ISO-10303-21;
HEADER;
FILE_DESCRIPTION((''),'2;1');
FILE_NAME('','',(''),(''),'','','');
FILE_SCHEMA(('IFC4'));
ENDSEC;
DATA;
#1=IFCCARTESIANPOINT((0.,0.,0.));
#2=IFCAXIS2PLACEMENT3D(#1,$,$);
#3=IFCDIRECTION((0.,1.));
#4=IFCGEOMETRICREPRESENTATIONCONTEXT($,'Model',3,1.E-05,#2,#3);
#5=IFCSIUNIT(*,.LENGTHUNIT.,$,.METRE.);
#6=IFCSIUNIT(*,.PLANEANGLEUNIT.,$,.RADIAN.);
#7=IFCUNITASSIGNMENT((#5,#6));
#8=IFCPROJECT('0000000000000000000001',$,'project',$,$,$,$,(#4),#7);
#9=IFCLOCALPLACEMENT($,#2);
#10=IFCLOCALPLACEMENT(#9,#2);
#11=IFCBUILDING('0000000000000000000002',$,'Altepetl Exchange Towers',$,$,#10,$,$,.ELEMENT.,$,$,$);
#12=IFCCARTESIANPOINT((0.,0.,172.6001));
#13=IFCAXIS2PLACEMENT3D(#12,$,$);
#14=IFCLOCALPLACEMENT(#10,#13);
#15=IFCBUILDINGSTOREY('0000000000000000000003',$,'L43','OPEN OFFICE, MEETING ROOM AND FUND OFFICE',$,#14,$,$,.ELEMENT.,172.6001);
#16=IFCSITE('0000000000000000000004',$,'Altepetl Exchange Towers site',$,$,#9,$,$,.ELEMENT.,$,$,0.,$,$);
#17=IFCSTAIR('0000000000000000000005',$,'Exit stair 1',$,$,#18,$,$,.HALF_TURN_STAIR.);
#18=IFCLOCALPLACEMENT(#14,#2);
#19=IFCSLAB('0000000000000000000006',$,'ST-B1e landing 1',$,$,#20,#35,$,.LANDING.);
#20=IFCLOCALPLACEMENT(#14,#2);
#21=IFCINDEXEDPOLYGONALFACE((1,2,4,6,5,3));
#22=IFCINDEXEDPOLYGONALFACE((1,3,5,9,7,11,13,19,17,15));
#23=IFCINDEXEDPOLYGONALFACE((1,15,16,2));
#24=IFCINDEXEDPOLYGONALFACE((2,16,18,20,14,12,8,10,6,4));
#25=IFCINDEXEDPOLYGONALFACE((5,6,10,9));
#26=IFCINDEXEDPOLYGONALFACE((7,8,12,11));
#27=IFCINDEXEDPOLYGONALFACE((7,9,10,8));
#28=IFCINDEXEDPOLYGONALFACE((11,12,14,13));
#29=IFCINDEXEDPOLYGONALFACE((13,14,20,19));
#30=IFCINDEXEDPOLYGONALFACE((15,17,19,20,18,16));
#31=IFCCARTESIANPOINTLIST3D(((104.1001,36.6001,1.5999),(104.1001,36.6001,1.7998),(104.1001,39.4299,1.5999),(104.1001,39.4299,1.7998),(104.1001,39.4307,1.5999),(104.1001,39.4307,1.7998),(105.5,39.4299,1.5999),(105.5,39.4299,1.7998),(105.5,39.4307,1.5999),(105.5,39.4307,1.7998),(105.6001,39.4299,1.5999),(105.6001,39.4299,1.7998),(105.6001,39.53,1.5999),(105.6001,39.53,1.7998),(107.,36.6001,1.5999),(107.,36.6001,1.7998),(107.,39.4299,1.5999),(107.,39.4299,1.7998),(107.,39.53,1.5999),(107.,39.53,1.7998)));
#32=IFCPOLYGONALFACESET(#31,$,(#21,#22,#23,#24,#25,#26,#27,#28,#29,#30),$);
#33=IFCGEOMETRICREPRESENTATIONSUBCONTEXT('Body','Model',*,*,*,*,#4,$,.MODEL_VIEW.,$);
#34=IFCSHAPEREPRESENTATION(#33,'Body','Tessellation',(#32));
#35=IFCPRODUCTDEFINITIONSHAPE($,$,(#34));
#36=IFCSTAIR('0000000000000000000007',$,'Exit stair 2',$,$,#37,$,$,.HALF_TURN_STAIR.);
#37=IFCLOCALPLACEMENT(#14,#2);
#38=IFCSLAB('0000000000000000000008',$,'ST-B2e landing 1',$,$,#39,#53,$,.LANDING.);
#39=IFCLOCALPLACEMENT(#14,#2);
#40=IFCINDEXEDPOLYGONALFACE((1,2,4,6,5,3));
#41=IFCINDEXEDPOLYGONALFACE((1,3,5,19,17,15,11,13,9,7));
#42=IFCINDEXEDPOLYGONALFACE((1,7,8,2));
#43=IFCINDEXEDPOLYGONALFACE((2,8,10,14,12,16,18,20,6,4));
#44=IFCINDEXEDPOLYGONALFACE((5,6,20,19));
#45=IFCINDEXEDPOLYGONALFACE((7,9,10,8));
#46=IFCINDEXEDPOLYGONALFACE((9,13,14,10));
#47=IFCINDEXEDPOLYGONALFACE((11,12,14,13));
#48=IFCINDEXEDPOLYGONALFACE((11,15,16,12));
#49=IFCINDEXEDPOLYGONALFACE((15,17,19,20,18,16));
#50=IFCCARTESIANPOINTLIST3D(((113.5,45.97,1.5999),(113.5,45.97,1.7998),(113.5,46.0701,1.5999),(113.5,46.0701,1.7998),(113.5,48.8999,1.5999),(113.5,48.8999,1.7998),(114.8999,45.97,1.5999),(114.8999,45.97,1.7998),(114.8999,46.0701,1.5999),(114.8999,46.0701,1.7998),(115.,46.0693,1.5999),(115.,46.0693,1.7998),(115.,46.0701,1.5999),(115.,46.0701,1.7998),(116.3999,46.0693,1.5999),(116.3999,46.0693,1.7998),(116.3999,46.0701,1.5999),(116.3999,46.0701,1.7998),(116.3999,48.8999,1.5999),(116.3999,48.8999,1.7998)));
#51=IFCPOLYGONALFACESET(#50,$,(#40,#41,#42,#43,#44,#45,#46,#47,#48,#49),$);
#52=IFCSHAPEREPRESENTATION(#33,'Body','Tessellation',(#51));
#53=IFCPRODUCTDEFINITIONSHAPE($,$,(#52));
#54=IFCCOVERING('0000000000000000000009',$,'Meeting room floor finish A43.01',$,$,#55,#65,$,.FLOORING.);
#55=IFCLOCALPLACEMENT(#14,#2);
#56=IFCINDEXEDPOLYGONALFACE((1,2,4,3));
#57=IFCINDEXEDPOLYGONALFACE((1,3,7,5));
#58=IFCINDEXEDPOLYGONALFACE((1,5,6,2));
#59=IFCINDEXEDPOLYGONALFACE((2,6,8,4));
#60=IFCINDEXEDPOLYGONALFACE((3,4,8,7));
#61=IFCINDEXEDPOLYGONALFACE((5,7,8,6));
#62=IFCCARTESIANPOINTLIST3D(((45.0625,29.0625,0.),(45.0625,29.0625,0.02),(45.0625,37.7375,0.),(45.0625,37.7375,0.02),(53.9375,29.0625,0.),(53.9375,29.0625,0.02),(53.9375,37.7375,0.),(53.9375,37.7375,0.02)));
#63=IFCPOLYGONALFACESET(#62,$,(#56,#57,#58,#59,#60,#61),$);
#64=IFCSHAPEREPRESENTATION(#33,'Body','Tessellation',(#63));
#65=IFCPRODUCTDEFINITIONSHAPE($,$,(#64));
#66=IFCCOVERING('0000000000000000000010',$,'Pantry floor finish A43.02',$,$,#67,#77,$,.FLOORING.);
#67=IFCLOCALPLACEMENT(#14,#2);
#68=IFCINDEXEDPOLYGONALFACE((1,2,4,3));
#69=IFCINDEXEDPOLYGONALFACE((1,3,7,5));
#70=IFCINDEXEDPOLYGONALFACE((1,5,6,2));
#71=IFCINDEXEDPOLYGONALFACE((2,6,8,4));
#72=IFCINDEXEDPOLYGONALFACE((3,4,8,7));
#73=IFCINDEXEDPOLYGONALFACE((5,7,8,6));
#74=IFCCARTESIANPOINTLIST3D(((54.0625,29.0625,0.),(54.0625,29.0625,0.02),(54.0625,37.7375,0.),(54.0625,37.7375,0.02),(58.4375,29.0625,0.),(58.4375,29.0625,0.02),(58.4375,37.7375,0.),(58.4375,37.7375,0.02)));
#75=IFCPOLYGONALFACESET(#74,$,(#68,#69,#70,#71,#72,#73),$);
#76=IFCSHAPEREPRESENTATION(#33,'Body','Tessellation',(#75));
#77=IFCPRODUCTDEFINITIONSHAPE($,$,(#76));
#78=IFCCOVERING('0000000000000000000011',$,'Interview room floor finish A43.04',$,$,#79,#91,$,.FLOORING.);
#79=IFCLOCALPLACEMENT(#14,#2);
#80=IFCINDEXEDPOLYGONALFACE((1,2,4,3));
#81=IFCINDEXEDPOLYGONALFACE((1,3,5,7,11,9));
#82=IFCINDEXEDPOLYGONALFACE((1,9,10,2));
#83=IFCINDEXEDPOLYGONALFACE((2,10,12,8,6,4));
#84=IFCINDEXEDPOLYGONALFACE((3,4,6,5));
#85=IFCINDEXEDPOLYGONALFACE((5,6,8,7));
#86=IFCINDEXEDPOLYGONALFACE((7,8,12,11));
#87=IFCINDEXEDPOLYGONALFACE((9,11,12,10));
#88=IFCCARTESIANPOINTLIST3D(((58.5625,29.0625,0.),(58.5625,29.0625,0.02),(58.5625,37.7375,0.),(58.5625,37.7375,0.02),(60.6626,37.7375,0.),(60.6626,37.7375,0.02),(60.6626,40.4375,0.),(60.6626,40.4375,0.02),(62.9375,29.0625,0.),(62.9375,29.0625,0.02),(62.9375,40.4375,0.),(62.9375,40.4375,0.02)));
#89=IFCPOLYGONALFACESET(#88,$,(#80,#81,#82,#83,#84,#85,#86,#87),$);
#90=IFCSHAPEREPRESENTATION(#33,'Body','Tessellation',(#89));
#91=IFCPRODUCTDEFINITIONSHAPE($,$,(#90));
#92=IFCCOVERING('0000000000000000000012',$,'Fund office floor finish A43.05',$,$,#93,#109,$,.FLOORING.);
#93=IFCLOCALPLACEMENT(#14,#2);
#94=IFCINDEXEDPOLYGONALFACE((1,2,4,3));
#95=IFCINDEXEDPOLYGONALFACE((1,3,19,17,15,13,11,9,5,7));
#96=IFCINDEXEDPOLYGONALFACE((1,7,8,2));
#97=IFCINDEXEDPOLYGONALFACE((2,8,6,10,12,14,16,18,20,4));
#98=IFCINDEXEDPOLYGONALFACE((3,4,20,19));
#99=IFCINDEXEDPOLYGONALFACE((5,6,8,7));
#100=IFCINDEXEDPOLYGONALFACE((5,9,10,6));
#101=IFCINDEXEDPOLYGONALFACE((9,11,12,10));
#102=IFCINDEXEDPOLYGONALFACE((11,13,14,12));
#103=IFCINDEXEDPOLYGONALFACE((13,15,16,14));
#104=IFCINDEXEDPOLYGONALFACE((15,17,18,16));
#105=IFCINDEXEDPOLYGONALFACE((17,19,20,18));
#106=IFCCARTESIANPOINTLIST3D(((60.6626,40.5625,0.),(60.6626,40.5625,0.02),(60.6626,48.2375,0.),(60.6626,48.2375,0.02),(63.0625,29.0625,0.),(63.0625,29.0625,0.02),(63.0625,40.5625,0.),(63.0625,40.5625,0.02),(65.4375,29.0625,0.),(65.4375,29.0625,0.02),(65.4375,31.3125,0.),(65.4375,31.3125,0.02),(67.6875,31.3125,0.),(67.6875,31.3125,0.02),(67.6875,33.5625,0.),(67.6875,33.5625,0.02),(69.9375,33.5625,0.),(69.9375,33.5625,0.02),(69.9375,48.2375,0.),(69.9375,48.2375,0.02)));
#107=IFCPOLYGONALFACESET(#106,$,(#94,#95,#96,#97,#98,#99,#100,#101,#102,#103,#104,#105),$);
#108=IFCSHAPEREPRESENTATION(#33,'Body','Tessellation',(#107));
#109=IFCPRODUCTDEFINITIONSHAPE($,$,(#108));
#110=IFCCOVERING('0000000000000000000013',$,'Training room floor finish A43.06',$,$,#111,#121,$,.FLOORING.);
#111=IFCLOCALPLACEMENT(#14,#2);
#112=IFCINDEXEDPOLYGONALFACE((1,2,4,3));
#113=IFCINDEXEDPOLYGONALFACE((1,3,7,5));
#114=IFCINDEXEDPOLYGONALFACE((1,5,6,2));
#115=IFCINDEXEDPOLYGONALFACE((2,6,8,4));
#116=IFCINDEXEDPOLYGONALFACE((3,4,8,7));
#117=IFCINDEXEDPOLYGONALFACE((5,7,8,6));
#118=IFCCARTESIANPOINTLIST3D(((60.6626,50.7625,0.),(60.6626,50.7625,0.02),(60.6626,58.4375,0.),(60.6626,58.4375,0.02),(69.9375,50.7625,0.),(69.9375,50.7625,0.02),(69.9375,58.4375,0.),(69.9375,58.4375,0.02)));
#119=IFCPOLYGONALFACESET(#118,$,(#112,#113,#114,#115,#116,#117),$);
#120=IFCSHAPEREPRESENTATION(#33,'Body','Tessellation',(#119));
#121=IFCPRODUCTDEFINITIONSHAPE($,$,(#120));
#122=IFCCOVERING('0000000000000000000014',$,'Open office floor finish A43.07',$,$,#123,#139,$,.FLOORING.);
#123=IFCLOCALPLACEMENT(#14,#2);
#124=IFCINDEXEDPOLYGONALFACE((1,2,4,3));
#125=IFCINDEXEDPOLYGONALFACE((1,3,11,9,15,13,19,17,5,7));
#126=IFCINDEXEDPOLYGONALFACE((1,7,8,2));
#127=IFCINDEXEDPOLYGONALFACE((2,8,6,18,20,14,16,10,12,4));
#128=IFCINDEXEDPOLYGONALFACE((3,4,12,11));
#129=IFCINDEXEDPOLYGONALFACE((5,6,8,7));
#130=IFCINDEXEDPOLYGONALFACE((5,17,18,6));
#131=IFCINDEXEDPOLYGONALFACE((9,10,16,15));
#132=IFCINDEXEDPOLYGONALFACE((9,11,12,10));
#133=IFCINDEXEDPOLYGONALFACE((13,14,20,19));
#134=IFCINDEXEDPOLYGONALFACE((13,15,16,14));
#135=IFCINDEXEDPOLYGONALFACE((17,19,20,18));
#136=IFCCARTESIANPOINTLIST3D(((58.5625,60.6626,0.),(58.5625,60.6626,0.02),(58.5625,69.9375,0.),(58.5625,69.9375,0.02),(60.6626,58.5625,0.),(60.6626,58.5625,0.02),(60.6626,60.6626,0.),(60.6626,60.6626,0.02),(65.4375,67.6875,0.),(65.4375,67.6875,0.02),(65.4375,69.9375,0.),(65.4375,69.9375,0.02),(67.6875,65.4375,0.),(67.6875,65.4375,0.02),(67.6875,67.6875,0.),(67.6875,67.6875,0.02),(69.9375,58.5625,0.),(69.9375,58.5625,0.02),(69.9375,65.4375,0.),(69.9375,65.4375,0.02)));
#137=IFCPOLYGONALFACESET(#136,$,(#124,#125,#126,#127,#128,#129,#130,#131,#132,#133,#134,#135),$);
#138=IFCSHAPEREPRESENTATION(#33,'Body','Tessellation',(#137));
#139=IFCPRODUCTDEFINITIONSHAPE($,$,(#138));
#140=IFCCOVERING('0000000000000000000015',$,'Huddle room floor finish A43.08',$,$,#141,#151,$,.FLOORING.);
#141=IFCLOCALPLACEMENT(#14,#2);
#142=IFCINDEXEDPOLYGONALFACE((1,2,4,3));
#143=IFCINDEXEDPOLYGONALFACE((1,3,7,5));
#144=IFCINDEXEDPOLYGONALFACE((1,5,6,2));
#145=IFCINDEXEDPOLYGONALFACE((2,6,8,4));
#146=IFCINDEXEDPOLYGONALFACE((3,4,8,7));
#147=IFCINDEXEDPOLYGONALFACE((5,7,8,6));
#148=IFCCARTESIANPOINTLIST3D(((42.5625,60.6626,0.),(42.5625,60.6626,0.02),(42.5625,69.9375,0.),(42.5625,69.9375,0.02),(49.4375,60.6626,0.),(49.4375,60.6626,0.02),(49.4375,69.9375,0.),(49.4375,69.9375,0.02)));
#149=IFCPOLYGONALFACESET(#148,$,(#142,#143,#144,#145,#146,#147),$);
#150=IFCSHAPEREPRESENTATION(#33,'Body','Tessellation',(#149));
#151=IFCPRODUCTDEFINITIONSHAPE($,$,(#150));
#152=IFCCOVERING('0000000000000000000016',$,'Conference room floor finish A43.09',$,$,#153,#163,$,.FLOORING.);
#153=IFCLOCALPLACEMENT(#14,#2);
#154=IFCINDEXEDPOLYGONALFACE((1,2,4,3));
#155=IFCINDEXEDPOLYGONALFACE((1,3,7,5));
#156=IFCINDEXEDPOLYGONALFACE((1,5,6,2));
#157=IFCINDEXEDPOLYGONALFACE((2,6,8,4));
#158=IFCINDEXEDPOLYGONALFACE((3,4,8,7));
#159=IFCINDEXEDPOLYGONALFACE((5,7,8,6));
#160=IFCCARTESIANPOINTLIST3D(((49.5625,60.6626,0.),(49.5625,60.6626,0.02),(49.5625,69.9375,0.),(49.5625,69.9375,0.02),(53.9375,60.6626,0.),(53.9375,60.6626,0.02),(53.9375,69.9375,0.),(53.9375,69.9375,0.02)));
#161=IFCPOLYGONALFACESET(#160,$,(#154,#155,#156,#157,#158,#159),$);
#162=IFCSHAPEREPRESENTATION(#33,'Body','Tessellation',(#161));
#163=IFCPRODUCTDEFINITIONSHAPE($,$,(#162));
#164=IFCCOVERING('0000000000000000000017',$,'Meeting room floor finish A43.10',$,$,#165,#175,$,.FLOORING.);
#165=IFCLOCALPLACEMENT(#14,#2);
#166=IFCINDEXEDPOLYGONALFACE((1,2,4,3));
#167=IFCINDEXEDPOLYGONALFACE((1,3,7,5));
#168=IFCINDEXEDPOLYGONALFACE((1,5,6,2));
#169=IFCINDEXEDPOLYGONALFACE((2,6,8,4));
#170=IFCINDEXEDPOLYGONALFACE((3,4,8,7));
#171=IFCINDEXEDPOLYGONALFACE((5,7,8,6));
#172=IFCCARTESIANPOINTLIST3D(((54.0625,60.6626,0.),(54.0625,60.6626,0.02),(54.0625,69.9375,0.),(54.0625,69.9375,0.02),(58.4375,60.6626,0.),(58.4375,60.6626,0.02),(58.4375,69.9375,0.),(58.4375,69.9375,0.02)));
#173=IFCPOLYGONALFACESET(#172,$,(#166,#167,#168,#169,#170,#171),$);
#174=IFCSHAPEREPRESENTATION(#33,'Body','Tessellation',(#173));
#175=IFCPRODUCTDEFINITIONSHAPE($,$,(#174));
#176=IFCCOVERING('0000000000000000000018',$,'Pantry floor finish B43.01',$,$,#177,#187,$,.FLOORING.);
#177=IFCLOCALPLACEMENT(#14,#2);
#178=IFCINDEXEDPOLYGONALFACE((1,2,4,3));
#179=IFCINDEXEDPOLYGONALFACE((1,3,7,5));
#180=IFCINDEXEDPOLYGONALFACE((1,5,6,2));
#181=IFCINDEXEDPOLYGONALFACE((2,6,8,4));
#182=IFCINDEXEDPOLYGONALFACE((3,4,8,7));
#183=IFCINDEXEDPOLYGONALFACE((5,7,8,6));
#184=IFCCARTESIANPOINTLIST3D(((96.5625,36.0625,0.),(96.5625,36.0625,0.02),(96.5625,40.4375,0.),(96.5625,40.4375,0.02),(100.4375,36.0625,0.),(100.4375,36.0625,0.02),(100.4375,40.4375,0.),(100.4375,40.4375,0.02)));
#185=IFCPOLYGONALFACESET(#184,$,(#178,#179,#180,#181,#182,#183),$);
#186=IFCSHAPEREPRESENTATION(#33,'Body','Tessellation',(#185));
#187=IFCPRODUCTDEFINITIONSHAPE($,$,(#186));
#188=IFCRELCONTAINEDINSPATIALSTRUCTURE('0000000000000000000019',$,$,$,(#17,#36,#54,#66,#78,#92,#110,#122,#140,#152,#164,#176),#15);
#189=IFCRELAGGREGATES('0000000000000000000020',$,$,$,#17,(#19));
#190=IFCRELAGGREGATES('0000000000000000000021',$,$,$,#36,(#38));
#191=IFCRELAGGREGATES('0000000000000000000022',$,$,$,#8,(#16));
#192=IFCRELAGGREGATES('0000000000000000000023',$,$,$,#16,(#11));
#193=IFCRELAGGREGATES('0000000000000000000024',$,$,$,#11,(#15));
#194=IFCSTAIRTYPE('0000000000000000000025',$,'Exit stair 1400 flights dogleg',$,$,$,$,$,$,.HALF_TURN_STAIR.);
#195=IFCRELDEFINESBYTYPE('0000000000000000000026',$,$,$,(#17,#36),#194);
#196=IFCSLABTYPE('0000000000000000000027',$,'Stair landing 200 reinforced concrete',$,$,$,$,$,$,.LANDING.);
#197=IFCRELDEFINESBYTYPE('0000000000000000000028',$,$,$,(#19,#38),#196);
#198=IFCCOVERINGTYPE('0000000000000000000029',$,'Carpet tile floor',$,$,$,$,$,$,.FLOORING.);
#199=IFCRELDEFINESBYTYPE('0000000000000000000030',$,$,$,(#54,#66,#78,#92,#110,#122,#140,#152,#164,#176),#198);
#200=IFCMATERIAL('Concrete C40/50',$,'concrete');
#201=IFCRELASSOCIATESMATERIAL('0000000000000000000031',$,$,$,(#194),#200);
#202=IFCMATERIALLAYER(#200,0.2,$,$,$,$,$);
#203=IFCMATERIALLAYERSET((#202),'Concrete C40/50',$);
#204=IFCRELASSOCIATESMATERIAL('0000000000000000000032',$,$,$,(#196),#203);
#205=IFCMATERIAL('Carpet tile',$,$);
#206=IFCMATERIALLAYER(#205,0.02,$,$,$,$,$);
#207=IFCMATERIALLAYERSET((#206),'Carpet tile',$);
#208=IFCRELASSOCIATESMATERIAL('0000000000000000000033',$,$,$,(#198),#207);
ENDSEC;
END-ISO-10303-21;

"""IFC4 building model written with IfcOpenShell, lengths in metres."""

from ifc_helpers import new_model, si_unit, direction, frame, origin, place, context, subcontext, project, spatial, polyline, outline, extrude, material, layer, layer_set, type_object, element, aggregate, save


model = new_model("IFC4")

# Units and contexts
model_context = context("Model", 3, precision=1e-05, world=origin(), true_north=direction((0.0, 1.0)))
body_context = subcontext(model_context, "Body", "Model", "MODEL_VIEW")
ifc_project = project(units=[si_unit("LENGTHUNIT", "METRE"), si_unit("PLANEANGLEUNIT", "RADIAN")], contexts=[model_context])

# Site, building, storey
site_placement = place(None, origin())
site = spatial("IfcSite", under=ifc_project, at=site_placement, Name="Altepetl Exchange Towers site", CompositionType="ELEMENT", RefElevation=0.0)
building_placement = place(site_placement, origin())
building = spatial("IfcBuilding", under=site, at=building_placement, Name="Altepetl Exchange Towers", CompositionType="ELEMENT")
storey_placement = place(building_placement, frame((0.0, 0.0, 172.6001)))
storey = spatial("IfcBuildingStorey", under=building, at=storey_placement, Name="L43", Description="OPEN OFFICE, MEETING ROOM AND FUND OFFICE", CompositionType="ELEMENT", Elevation=172.6001)

# Shared definitions
ifc_material_1 = material(Name="Concrete C40/50", Category="concrete")

# Stairs, slabs
stair_type = type_object("IfcStairType", Name="Exit stair 1400 flights dogleg", PredefinedType="HALF_TURN_STAIR", material=ifc_material_1)
ifc_layer_1 = layer(ifc_material_1, 0.2)
ifc_layer_set_1 = layer_set([ifc_layer_1], Name="Concrete C40/50")
slab_type_1 = type_object("IfcSlabType", Name="Stair landing 200 reinforced concrete", PredefinedType="LANDING", material=ifc_layer_set_1)
stair_1_placement = place(storey_placement, origin())
stair_1 = element("IfcStair", 1, at=stair_1_placement, inside=storey, type_object=stair_type, Name="Exit stair 1", PredefinedType="HALF_TURN_STAIR")
slab_1_placement = place(storey_placement, frame((0.0, 0.0, 1.5999)))
slab_1 = element("IfcSlab", 2, at=slab_1_placement, type_object=slab_type_1, Name="ST-B1e landing 1", PredefinedType="LANDING", context=body_context, shape_type="SweptSolid", body=[
    extrude(outline(polyline([(107.0, 36.6001), (104.1001, 36.6001), (104.1001, 39.4299), (104.1001, 39.4307), (105.5, 39.4307), (105.5, 39.4299), (105.6001, 39.4299), (105.6001, 39.53), (107.0, 39.53), (107.0, 39.4299), (107.0, 36.6001)])), origin(), (0.0, 0.0, 1.0), 0.2),
])
aggregate(stair_1, [slab_1])
stair_2_placement = place(storey_placement, origin())
stair_2 = element("IfcStair", 3, at=stair_2_placement, inside=storey, type_object=stair_type, Name="Exit stair 2", PredefinedType="HALF_TURN_STAIR")
slab_2_placement = place(storey_placement, frame((0.0, 0.0, 1.5999)))
slab_2 = element("IfcSlab", 4, at=slab_2_placement, type_object=slab_type_1, Name="ST-B2e landing 1", PredefinedType="LANDING", context=body_context, shape_type="SweptSolid", body=[
    extrude(outline(polyline([(114.8999, 45.97), (113.5, 45.97), (113.5, 46.0701), (113.5, 48.8999), (116.3999, 48.8999), (116.3999, 46.0701), (116.3999, 46.0693), (115.0, 46.0693), (115.0, 46.0701), (114.8999, 46.0701), (114.8999, 45.97)])), origin(), (0.0, 0.0, 1.0), 0.2),
])
aggregate(stair_2, [slab_2])

# Coverings
ifc_material_2 = material(Name="Carpet tile")
ifc_layer_2 = layer(ifc_material_2, 0.02)
ifc_layer_set_2 = layer_set([ifc_layer_2], Name="Carpet tile")
covering_type_1 = type_object("IfcCoveringType", Name="Carpet tile floor", PredefinedType="FLOORING", material=ifc_layer_set_2)
covering_1_placement = place(storey_placement, origin())
element("IfcCovering", 5, at=covering_1_placement, inside=storey, type_object=covering_type_1, Name="Meeting room floor finish A43.01", PredefinedType="FLOORING", context=body_context, shape_type="SweptSolid", body=[
    extrude(outline(polyline([(53.9375, 29.0625), (53.9375, 37.7375), (45.0625, 37.7375), (45.0625, 29.0625), (53.9375, 29.0625)])), origin(), (0.0, 0.0, 1.0), 0.02),
])
covering_2_placement = place(storey_placement, origin())
element("IfcCovering", 6, at=covering_2_placement, inside=storey, type_object=covering_type_1, Name="Pantry floor finish A43.02", PredefinedType="FLOORING", context=body_context, shape_type="SweptSolid", body=[
    extrude(outline(polyline([(58.4375, 29.0625), (58.4375, 37.7375), (54.0625, 37.7375), (54.0625, 29.0625), (58.4375, 29.0625)])), origin(), (0.0, 0.0, 1.0), 0.02),
])
covering_3_placement = place(storey_placement, origin())
element("IfcCovering", 7, at=covering_3_placement, inside=storey, type_object=covering_type_1, Name="Interview room floor finish A43.04", PredefinedType="FLOORING", context=body_context, shape_type="SweptSolid", body=[
    extrude(outline(polyline([(62.9375, 29.0625), (62.9375, 40.4375), (60.6626, 40.4375), (60.6626, 37.7375), (58.5625, 37.7375), (58.5625, 29.0625), (62.9375, 29.0625)])), origin(), (0.0, 0.0, 1.0), 0.02),
])
covering_4_placement = place(storey_placement, origin())
element("IfcCovering", 8, at=covering_4_placement, inside=storey, type_object=covering_type_1, Name="Fund office floor finish A43.05", PredefinedType="FLOORING", context=body_context, shape_type="SweptSolid", body=[
    extrude(outline(polyline([(67.6875, 31.3125), (67.6875, 33.5625), (69.9375, 33.5625), (69.9375, 48.2375), (60.6626, 48.2375), (60.6626, 40.5625), (63.0625, 40.5625), (63.0625, 29.0625), (65.4375, 29.0625), (65.4375, 31.3125), (67.6875, 31.3125)])), origin(), (0.0, 0.0, 1.0), 0.02),
])
covering_5_placement = place(storey_placement, origin())
element("IfcCovering", 9, at=covering_5_placement, inside=storey, type_object=covering_type_1, Name="Training room floor finish A43.06", PredefinedType="FLOORING", context=body_context, shape_type="SweptSolid", body=[
    extrude(outline(polyline([(69.9375, 58.4375), (60.6626, 58.4375), (60.6626, 50.7625), (69.9375, 50.7625), (69.9375, 58.4375)])), origin(), (0.0, 0.0, 1.0), 0.02),
])
covering_6_placement = place(storey_placement, origin())
element("IfcCovering", 10, at=covering_6_placement, inside=storey, type_object=covering_type_1, Name="Open office floor finish A43.07", PredefinedType="FLOORING", context=body_context, shape_type="SweptSolid", body=[
    extrude(outline(polyline([(60.6626, 58.5625), (69.9375, 58.5625), (69.9375, 65.4375), (67.6875, 65.4375), (67.6875, 67.6875), (65.4375, 67.6875), (65.4375, 69.9375), (58.5625, 69.9375), (58.5625, 60.6626), (60.6626, 60.6626), (60.6626, 58.5625)])), origin(), (0.0, 0.0, 1.0), 0.02),
])
covering_7_placement = place(storey_placement, origin())
element("IfcCovering", 11, at=covering_7_placement, inside=storey, type_object=covering_type_1, Name="Huddle room floor finish A43.08", PredefinedType="FLOORING", context=body_context, shape_type="SweptSolid", body=[
    extrude(outline(polyline([(49.4375, 60.6626), (49.4375, 69.9375), (42.5625, 69.9375), (42.5625, 60.6626), (49.4375, 60.6626)])), origin(), (0.0, 0.0, 1.0), 0.02),
])
covering_8_placement = place(storey_placement, origin())
element("IfcCovering", 12, at=covering_8_placement, inside=storey, type_object=covering_type_1, Name="Conference room floor finish A43.09", PredefinedType="FLOORING", context=body_context, shape_type="SweptSolid", body=[
    extrude(outline(polyline([(53.9375, 60.6626), (53.9375, 69.9375), (49.5625, 69.9375), (49.5625, 60.6626), (53.9375, 60.6626)])), origin(), (0.0, 0.0, 1.0), 0.02),
])
covering_9_placement = place(storey_placement, origin())
element("IfcCovering", 13, at=covering_9_placement, inside=storey, type_object=covering_type_1, Name="Meeting room floor finish A43.10", PredefinedType="FLOORING", context=body_context, shape_type="SweptSolid", body=[
    extrude(outline(polyline([(58.4375, 60.6626), (58.4375, 69.9375), (54.0625, 69.9375), (54.0625, 60.6626), (58.4375, 60.6626)])), origin(), (0.0, 0.0, 1.0), 0.02),
])
covering_10_placement = place(storey_placement, origin())
element("IfcCovering", 14, at=covering_10_placement, inside=storey, type_object=covering_type_1, Name="Pantry floor finish B43.01", PredefinedType="FLOORING", context=body_context, shape_type="SweptSolid", body=[
    extrude(outline(polyline([(100.4375, 40.4375), (96.5625, 40.4375), (96.5625, 36.0625), (100.4375, 36.0625), (100.4375, 40.4375)])), origin(), (0.0, 0.0, 1.0), 0.02),
])

save(model, "model.ifc")
